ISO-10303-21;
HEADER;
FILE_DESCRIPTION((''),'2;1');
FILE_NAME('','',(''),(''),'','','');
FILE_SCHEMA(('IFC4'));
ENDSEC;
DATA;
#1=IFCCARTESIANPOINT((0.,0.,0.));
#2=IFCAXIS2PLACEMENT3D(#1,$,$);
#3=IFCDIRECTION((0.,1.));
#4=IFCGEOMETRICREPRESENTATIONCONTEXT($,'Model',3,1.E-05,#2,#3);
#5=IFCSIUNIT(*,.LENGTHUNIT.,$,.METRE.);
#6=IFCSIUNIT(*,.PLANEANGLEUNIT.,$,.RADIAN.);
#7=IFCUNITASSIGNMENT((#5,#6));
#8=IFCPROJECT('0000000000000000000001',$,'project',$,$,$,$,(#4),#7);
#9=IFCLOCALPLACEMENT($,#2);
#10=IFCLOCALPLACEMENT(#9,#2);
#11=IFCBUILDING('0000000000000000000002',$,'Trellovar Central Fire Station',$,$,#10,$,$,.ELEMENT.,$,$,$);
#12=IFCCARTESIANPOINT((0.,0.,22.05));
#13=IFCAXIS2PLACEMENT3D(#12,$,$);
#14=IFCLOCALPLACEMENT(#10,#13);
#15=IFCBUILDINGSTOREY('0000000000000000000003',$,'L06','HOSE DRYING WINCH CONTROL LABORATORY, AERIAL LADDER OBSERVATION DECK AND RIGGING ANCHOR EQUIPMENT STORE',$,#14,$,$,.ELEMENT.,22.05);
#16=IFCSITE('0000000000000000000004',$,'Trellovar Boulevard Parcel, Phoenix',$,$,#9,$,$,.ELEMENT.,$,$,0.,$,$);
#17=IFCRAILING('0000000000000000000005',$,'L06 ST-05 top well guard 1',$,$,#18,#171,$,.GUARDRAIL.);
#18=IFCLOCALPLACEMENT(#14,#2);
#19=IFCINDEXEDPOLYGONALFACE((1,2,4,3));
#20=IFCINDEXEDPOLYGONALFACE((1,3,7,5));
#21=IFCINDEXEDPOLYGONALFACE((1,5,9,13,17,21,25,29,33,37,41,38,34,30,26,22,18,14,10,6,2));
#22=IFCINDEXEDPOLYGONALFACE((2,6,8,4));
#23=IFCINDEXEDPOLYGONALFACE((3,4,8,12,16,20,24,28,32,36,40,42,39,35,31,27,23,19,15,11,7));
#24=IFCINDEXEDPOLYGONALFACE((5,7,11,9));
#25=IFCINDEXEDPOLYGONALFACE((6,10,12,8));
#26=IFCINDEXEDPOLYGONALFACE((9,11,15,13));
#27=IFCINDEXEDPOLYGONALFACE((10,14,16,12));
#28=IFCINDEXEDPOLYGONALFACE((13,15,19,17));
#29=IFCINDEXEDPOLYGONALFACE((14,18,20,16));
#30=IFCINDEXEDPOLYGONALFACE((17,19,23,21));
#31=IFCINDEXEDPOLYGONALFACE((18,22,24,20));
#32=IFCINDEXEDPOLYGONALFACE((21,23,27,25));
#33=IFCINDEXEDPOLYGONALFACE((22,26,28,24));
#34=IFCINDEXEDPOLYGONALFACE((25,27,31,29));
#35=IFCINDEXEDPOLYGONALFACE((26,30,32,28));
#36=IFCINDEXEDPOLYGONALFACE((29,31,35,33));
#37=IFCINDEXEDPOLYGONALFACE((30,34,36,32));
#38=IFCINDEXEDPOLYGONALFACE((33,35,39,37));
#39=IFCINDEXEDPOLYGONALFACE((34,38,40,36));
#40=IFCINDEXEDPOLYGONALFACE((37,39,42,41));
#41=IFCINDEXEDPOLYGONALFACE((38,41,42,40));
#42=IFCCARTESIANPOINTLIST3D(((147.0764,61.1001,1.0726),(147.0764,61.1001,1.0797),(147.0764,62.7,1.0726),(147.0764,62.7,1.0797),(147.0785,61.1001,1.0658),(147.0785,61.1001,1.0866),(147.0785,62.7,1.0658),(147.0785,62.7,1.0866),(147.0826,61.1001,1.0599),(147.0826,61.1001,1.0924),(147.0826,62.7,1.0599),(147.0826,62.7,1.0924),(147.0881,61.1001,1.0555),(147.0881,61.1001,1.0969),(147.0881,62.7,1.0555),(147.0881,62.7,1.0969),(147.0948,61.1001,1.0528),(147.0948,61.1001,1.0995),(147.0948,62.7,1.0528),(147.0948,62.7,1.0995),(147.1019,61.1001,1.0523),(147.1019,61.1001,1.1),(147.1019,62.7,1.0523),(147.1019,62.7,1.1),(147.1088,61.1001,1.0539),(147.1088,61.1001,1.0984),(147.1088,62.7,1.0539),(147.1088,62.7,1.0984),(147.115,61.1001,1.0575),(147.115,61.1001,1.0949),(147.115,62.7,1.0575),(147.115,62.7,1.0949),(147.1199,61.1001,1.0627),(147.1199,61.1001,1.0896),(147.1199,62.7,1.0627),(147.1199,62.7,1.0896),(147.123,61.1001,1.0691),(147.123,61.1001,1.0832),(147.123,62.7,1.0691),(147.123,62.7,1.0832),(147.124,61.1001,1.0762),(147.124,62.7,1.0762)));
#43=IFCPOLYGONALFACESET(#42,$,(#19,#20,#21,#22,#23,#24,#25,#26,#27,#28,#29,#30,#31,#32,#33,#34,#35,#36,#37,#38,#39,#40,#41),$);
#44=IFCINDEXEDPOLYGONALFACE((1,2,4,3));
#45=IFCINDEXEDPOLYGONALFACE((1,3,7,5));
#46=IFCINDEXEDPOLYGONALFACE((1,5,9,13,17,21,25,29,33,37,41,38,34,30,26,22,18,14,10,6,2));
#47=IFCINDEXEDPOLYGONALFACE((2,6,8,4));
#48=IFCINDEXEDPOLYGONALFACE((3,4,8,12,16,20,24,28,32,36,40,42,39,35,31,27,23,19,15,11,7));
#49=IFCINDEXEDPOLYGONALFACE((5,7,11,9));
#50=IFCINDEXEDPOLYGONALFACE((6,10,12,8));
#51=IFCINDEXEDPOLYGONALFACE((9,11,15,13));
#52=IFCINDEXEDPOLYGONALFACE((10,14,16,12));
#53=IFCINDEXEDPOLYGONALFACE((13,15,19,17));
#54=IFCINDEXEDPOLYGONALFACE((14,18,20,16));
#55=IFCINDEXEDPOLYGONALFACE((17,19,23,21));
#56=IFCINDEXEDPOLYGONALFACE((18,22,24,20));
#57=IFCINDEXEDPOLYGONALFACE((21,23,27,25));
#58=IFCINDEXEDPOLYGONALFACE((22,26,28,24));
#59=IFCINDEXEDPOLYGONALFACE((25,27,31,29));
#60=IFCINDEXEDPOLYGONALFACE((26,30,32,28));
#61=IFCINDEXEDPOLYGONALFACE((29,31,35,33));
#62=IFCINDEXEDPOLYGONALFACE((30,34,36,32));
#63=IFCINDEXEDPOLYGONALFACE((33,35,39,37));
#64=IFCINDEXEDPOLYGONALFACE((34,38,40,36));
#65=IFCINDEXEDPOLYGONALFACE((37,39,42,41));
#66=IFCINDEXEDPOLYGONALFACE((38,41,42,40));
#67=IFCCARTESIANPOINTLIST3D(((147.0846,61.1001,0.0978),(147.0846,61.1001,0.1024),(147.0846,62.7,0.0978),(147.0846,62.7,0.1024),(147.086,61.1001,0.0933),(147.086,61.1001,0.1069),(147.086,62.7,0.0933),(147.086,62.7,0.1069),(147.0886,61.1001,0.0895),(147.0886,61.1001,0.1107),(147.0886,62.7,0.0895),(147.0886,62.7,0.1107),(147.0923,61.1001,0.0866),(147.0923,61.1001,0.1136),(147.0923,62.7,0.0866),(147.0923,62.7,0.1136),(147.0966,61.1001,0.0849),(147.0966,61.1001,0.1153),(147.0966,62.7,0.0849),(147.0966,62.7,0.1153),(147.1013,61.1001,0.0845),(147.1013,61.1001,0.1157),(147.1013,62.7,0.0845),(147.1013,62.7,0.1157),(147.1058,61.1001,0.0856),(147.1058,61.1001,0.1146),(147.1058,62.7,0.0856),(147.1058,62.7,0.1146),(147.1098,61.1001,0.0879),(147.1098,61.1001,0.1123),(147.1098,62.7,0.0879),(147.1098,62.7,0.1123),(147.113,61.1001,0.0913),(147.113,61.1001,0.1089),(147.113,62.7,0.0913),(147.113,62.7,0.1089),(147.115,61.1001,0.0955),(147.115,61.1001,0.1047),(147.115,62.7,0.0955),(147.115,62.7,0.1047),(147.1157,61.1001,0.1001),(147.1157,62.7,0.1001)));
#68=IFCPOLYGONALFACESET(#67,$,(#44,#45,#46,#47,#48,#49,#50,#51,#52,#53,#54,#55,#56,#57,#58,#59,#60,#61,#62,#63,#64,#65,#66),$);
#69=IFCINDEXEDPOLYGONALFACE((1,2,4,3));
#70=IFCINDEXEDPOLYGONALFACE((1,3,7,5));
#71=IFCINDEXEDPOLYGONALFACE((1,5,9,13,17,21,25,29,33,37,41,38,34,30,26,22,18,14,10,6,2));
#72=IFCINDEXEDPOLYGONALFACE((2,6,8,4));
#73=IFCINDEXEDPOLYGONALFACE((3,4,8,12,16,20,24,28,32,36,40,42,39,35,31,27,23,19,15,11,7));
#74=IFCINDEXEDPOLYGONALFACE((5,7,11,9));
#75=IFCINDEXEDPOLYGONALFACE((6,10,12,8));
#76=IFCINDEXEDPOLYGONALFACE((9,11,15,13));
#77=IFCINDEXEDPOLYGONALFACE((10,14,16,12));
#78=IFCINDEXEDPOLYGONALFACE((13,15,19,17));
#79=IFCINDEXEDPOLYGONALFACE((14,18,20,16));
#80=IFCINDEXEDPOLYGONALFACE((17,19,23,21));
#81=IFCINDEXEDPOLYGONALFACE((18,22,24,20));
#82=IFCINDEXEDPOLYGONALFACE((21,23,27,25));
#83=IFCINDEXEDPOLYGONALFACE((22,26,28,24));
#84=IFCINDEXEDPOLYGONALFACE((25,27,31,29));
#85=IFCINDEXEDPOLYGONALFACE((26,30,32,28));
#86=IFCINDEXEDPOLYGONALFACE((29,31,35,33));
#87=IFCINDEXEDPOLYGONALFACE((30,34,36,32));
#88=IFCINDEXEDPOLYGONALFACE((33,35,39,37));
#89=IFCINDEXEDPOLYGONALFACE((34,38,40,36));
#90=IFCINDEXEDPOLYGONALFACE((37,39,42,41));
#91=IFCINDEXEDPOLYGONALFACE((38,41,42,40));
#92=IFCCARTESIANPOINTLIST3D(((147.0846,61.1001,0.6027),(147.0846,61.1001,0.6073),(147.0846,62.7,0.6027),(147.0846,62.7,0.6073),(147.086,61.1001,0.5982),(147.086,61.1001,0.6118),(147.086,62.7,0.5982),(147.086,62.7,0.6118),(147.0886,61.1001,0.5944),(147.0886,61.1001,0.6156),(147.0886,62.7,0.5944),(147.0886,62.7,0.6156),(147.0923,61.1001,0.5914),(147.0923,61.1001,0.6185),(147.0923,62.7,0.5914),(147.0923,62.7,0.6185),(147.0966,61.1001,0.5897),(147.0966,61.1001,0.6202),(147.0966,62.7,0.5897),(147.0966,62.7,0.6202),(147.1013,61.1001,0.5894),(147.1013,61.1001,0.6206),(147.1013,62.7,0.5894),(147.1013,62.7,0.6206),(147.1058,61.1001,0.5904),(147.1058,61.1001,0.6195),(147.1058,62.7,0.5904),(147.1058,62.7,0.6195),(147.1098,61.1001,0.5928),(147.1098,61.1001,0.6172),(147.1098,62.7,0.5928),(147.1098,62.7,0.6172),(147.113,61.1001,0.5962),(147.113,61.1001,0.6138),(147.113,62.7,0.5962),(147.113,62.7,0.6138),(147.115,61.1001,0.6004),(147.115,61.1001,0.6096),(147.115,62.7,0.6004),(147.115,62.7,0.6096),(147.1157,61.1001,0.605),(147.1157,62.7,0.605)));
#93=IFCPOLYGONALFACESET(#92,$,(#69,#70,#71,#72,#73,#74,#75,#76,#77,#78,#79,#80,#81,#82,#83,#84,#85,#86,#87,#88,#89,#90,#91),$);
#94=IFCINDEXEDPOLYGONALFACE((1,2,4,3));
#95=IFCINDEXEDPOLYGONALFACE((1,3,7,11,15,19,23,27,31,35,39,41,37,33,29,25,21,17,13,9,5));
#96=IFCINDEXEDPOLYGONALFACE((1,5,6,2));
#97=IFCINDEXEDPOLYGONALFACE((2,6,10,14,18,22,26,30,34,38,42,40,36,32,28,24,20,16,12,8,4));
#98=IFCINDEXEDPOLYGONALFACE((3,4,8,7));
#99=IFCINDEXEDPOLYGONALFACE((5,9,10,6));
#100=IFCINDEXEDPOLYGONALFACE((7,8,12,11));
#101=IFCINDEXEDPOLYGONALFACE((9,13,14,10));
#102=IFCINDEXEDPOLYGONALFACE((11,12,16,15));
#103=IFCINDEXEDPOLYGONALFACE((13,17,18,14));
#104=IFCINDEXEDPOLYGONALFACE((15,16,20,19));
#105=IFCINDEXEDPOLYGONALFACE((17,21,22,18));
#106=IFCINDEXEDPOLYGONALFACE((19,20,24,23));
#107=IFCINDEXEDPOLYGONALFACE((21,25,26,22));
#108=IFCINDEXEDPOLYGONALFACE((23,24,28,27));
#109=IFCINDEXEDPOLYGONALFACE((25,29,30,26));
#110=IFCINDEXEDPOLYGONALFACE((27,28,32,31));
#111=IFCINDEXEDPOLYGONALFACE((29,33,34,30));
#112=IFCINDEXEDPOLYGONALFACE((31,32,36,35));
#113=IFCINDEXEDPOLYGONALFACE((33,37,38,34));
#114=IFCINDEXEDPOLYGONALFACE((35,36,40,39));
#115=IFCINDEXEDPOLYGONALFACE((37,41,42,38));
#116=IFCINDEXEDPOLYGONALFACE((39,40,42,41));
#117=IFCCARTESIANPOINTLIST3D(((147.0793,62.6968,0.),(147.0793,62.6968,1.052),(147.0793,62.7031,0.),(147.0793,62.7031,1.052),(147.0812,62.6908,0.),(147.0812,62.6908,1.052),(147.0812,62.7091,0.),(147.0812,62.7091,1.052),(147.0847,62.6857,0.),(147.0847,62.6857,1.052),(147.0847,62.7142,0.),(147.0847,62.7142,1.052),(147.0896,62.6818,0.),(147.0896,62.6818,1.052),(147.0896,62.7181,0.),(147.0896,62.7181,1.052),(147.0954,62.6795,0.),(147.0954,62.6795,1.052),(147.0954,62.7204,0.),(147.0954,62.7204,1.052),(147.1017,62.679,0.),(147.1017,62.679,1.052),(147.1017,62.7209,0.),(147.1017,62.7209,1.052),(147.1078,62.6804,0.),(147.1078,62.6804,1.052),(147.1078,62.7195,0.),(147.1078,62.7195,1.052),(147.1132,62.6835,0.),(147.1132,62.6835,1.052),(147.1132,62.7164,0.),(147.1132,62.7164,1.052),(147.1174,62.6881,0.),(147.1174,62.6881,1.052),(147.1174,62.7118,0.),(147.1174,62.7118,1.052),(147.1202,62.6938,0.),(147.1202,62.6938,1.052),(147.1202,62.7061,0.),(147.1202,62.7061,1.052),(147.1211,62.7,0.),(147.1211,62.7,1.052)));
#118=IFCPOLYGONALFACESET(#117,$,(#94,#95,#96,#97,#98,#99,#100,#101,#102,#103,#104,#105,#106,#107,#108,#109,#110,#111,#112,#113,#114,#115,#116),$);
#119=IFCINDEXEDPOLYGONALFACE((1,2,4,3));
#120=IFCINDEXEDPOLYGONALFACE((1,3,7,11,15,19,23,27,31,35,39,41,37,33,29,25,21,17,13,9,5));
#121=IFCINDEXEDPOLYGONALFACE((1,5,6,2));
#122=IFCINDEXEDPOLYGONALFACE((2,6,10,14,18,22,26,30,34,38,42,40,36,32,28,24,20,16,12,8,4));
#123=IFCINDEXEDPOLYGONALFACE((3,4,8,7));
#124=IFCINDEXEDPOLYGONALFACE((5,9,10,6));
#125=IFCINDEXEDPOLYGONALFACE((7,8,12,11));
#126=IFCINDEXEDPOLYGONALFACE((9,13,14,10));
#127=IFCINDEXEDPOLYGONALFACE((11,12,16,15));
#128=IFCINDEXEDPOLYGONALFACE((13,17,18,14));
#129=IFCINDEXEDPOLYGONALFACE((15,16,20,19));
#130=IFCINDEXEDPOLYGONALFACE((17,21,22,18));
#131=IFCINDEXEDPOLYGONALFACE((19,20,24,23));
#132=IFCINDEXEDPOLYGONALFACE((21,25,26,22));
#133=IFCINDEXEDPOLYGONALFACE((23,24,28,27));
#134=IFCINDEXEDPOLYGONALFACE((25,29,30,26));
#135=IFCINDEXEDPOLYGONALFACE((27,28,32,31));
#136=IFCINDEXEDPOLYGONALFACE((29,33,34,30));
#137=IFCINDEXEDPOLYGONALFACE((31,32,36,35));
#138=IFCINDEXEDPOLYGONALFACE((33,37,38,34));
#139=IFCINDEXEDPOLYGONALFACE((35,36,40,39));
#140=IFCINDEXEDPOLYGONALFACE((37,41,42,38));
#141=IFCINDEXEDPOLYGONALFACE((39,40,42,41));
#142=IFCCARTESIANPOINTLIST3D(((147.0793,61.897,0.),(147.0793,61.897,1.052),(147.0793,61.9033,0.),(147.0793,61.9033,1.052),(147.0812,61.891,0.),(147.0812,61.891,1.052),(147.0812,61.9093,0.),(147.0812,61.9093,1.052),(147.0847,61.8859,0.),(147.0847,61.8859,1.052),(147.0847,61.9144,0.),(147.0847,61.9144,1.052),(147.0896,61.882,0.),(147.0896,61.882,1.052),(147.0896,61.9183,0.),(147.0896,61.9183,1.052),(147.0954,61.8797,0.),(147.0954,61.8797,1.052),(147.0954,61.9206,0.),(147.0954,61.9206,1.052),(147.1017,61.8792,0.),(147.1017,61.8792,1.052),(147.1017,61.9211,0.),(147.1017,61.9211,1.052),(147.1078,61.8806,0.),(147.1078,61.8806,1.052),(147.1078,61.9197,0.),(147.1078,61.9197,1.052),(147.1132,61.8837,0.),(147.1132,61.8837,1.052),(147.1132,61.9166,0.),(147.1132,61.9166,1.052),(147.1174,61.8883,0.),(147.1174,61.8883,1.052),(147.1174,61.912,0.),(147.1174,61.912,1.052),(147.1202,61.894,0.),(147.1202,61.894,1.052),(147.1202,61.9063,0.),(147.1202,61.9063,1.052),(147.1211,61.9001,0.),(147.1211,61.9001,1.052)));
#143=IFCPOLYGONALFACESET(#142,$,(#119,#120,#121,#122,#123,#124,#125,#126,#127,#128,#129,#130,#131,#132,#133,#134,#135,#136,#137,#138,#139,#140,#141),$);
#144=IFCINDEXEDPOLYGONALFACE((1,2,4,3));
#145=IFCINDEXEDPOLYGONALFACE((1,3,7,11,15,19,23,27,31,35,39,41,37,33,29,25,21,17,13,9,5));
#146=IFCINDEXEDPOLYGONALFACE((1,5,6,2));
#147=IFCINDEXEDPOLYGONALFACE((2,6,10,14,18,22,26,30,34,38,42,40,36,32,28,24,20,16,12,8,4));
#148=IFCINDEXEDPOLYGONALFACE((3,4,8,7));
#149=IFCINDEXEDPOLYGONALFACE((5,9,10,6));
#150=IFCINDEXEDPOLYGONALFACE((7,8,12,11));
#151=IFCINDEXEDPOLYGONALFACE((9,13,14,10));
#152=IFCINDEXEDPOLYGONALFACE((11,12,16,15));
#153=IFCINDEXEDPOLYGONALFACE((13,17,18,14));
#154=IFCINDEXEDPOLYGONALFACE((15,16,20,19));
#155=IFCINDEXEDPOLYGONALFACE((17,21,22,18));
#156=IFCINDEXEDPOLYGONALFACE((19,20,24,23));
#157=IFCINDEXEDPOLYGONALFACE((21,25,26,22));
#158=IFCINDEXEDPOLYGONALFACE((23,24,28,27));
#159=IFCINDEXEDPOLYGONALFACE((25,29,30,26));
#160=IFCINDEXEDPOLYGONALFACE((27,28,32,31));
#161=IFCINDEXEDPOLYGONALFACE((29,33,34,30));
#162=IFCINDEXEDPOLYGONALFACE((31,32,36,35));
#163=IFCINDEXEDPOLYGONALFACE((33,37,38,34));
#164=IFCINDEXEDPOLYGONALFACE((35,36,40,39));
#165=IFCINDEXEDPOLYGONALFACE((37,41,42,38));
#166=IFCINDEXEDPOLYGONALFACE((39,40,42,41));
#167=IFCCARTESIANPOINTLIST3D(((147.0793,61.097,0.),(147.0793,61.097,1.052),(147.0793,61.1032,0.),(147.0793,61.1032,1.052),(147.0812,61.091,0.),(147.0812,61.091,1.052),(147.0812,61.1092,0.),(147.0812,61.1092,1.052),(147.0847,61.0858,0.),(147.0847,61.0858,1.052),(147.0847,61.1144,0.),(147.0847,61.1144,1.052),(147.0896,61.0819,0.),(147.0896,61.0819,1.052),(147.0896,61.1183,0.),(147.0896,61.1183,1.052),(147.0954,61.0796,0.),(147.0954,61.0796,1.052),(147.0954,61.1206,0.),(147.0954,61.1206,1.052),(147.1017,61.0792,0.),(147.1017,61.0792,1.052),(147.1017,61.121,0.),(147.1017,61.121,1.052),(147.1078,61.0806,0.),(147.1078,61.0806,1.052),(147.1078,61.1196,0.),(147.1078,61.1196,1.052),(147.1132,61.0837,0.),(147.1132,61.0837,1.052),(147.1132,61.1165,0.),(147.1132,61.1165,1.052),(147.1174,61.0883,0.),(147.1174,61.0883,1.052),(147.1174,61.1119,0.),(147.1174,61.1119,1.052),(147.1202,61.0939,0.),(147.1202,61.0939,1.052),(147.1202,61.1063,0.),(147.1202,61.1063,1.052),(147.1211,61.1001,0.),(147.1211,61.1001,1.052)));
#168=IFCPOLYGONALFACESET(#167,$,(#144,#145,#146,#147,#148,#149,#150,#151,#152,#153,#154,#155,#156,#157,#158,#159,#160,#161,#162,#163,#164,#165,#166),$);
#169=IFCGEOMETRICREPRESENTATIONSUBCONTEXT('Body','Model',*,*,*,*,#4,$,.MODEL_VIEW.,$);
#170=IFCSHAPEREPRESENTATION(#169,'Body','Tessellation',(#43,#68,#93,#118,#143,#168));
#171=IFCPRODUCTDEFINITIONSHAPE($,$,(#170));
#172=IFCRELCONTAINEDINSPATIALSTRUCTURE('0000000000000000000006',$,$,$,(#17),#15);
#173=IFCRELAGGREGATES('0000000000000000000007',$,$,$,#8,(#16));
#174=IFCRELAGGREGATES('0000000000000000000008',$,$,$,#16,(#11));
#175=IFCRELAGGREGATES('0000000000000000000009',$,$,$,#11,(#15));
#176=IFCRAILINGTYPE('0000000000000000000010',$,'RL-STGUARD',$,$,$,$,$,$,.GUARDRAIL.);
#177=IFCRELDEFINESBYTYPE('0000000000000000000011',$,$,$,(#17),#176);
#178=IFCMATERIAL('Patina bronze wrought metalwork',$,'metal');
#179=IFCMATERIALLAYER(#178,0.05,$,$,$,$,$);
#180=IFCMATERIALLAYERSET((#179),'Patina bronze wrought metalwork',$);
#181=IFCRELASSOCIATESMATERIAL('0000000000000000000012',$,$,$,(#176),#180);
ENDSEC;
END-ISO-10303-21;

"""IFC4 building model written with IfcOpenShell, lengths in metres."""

from ifc_helpers import new_model, si_unit, direction, frame, origin, origin_2d, place, context, subcontext, project, spatial, circle, extrude, material, layer, layer_set, type_object, element, save


model = new_model("IFC4")

# Units and contexts
model_context = context("Model", 3, precision=1e-05, world=origin(), true_north=direction((0.0, 1.0)))
body_context = subcontext(model_context, "Body", "Model", "MODEL_VIEW")
ifc_project = project(units=[si_unit("LENGTHUNIT", "METRE"), si_unit("PLANEANGLEUNIT", "RADIAN")], contexts=[model_context])

# Site, building, storey
site_placement = place(None, origin())
site = spatial("IfcSite", under=ifc_project, at=site_placement, Name="Trellovar Boulevard Parcel, Phoenix", CompositionType="ELEMENT", RefElevation=0.0)
building_placement = place(site_placement, origin())
building = spatial("IfcBuilding", under=site, at=building_placement, Name="Trellovar Central Fire Station", CompositionType="ELEMENT")
storey_placement = place(building_placement, frame((0.0, 0.0, 22.05)))
storey = spatial("IfcBuildingStorey", under=building, at=storey_placement, Name="L06", Description="HOSE DRYING WINCH CONTROL LABORATORY, AERIAL LADDER OBSERVATION DECK AND RIGGING ANCHOR EQUIPMENT STORE", CompositionType="ELEMENT", Elevation=22.05)

# Railing
ifc_material_1 = material(Name="Patina bronze wrought metalwork", Category="metal")
ifc_layer_1 = layer(ifc_material_1, 0.05)
ifc_layer_set_1 = layer_set([ifc_layer_1], Name="Patina bronze wrought metalwork")
railing_type = type_object("IfcRailingType", Name="RL-STGUARD", PredefinedType="GUARDRAIL", material=ifc_layer_set_1)
railing_placement = place(storey_placement, frame((147.1001, 62.7, 0.0)))
element("IfcRailing", 1, at=railing_placement, inside=storey, type_object=railing_type, Name="L06 ST-05 top well guard 1", PredefinedType="GUARDRAIL", context=body_context, shape_type="SweptSolid", body=[
    extrude(circle(Radius=0.0239, at=origin_2d()), frame((0.0, 0.0, 1.0762), z_axis=(0.0, -1.0, 0.0), x_axis=(1.0, 0.0, 0.0)), (0.0, 0.0, 1.0), 1.5999),
    extrude(circle(Radius=0.0156, at=origin_2d()), frame((0.0, 0.0, 0.1001), z_axis=(0.0, -1.0, 0.0), x_axis=(1.0, 0.0, 0.0)), (0.0, 0.0, 1.0), 1.5999),
    extrude(circle(Radius=0.0156, at=origin_2d()), frame((0.0, 0.0, 0.605), z_axis=(0.0, -1.0, 0.0), x_axis=(1.0, 0.0, 0.0)), (0.0, 0.0, 1.0), 1.5999),
    extrude(circle(Radius=0.021, at=origin_2d()), origin(), (0.0, 0.0, 1.0), 1.052),
    extrude(circle(Radius=0.021, at=origin_2d()), frame((0.0, -0.7998, 0.0)), (0.0, 0.0, 1.0), 1.052),
    extrude(circle(Radius=0.021, at=origin_2d()), frame((0.0, -1.5999, 0.0)), (0.0, 0.0, 1.0), 1.052),
])

save(model, "model.ifc")
